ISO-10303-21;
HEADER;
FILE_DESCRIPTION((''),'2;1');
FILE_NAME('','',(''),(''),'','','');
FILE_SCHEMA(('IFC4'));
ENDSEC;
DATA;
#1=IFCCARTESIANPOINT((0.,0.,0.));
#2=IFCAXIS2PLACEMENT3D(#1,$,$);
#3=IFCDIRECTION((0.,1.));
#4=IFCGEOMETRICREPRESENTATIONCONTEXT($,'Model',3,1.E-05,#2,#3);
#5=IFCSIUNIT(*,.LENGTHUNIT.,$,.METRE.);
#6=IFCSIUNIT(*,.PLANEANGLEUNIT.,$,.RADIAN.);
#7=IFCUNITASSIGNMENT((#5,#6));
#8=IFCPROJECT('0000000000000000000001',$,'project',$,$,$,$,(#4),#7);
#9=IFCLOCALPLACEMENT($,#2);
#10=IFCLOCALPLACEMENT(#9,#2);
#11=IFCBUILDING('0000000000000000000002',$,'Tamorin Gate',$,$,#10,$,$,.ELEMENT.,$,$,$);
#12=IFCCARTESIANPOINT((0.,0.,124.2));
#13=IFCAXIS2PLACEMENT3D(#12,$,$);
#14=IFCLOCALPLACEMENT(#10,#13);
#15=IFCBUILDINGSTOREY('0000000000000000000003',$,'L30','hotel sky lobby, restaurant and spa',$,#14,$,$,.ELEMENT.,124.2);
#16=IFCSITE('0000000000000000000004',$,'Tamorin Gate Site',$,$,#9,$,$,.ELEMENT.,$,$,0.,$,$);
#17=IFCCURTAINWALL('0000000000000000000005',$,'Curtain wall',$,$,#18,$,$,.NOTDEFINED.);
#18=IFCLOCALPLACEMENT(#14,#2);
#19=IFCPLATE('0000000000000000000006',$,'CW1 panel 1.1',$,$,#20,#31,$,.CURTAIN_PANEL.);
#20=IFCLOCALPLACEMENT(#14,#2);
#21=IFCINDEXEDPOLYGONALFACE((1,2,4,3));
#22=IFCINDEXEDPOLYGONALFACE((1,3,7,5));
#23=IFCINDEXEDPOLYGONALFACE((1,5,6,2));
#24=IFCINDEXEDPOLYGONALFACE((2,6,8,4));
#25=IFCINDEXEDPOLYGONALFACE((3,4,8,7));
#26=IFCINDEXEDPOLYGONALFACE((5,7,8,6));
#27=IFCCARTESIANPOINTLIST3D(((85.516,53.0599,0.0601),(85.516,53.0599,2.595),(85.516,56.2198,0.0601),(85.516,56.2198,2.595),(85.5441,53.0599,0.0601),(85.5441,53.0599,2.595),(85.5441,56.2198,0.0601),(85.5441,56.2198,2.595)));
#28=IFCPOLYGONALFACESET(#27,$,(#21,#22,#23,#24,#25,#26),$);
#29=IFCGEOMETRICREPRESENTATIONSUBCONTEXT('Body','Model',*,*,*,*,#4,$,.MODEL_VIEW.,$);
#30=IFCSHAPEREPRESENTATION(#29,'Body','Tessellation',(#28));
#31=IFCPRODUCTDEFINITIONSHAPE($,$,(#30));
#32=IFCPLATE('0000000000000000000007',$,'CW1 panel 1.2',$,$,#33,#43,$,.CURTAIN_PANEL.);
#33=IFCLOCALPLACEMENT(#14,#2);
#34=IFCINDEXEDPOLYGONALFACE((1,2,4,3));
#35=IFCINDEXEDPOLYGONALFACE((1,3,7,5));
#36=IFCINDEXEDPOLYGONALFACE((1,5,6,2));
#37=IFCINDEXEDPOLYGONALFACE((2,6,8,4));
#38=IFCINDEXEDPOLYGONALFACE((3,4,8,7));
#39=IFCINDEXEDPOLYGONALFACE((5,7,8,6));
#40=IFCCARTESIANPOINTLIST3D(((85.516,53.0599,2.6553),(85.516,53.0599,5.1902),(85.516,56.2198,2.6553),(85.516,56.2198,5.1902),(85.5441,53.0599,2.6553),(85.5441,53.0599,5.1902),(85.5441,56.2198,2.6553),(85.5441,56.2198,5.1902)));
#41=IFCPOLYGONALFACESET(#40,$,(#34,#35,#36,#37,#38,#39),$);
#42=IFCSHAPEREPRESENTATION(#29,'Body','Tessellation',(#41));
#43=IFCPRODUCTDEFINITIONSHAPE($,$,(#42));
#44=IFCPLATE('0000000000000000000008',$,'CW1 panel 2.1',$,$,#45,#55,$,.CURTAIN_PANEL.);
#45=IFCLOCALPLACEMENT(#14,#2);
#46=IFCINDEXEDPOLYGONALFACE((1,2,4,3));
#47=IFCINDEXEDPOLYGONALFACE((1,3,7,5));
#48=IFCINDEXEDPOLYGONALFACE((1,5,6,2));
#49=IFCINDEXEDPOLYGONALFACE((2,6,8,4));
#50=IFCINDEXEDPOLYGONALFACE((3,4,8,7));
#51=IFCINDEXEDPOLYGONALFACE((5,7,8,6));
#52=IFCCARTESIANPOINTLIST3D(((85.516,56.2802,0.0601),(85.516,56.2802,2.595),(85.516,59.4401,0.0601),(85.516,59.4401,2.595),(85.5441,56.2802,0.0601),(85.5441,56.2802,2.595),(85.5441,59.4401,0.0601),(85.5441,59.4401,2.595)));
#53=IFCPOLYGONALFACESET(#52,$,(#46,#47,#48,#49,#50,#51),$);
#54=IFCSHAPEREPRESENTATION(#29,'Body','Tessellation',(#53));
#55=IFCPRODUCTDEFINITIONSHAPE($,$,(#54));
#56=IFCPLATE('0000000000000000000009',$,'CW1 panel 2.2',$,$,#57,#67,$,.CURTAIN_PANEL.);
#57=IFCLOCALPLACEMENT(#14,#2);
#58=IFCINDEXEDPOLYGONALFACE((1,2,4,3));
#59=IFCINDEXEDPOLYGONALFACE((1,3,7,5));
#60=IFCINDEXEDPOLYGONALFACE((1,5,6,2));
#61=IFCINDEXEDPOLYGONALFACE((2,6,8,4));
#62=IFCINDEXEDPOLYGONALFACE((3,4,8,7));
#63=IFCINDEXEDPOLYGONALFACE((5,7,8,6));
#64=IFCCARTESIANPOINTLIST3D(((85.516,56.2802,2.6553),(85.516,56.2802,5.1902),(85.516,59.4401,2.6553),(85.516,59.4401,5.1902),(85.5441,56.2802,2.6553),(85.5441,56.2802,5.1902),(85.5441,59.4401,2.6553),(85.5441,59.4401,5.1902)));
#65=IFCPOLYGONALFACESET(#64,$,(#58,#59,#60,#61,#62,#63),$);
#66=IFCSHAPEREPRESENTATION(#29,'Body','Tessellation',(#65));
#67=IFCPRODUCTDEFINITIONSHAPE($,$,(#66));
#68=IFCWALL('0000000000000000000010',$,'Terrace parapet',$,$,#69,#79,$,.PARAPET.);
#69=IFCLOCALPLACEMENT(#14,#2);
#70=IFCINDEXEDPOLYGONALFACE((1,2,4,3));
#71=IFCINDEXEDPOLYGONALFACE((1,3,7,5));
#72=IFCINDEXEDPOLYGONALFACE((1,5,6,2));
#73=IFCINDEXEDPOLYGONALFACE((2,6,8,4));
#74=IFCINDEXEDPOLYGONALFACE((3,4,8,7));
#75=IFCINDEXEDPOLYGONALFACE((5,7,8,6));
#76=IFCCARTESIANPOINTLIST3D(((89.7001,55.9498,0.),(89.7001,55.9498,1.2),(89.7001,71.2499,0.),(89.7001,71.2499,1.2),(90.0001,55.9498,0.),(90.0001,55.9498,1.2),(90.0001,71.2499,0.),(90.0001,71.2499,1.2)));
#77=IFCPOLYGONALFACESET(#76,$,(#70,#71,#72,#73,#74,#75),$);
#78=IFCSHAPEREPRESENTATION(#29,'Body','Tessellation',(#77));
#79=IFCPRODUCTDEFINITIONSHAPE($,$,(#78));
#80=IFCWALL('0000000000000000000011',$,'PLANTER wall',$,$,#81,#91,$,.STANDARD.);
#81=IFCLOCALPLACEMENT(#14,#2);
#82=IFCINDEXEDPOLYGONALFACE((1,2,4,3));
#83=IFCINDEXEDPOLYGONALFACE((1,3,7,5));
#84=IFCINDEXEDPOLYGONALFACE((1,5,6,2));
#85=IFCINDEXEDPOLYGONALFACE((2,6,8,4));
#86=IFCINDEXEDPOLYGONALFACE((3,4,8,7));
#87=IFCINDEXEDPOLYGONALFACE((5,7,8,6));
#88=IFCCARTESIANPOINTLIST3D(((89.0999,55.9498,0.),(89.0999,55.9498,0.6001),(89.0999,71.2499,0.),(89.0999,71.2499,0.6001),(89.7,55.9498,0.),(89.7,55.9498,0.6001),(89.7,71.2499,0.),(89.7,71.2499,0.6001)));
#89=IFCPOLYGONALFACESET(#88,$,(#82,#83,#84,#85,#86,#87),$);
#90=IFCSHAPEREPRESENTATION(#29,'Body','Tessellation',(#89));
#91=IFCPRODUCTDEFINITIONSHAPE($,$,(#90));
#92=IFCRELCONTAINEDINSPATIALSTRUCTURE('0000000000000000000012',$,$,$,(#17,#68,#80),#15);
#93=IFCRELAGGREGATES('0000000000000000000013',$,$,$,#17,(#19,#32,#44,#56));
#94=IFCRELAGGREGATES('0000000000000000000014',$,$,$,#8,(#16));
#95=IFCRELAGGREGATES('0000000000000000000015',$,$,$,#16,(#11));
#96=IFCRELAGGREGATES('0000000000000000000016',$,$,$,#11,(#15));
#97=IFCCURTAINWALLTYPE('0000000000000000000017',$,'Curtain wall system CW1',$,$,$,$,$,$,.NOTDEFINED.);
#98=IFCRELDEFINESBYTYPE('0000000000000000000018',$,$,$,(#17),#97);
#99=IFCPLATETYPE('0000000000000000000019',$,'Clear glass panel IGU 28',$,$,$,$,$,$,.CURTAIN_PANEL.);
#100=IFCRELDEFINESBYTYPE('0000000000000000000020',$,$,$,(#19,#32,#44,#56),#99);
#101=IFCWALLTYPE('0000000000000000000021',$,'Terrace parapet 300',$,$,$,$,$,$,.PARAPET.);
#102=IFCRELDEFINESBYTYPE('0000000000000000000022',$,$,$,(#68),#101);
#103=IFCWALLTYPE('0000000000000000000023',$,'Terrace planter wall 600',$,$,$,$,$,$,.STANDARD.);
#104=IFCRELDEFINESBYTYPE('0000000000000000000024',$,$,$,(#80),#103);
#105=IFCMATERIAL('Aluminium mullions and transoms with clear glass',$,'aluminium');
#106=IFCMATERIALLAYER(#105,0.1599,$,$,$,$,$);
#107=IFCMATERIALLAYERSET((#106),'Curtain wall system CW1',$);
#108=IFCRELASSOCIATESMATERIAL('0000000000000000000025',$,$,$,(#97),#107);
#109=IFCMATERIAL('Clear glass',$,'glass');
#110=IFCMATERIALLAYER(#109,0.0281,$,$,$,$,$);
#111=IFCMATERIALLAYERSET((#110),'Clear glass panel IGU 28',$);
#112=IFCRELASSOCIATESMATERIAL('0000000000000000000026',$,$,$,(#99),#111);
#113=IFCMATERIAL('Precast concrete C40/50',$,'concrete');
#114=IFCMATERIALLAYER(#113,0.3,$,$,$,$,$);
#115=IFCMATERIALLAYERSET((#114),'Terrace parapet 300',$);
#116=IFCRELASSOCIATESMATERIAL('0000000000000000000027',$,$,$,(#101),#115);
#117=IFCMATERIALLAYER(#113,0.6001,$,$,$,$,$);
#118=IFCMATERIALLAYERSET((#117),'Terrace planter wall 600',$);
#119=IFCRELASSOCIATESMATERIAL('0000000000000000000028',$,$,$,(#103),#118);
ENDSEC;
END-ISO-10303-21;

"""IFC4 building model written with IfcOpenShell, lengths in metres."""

from ifc_helpers import new_model, si_unit, direction, frame, frame_2d, origin, origin_2d, place, context, subcontext, project, spatial, rectangle, extrude, material, layer, layer_set, type_object, element, aggregate, save


model = new_model("IFC4")

# Units and contexts
model_context = context("Model", 3, precision=1e-05, world=origin(), true_north=direction((0.0, 1.0)))
body_context = subcontext(model_context, "Body", "Model", "MODEL_VIEW")
ifc_project = project(units=[si_unit("LENGTHUNIT", "METRE"), si_unit("PLANEANGLEUNIT", "RADIAN")], contexts=[model_context])

# Site, building, storey
site_placement = place(None, origin())
site = spatial("IfcSite", under=ifc_project, at=site_placement, Name="Tamorin Gate Site", CompositionType="ELEMENT", RefElevation=0.0)
building_placement = place(site_placement, origin())
building = spatial("IfcBuilding", under=site, at=building_placement, Name="Tamorin Gate", CompositionType="ELEMENT")
storey_placement = place(building_placement, frame((0.0, 0.0, 124.2)))
storey = spatial("IfcBuildingStorey", under=building, at=storey_placement, Name="L30", Description="hotel sky lobby, restaurant and spa", CompositionType="ELEMENT", Elevation=124.2)

# Curtain wall
ifc_material_1 = material(Name="Aluminium mullions and transoms with clear glass", Category="aluminium")
ifc_layer_1 = layer(ifc_material_1, 0.1599)
ifc_layer_set_1 = layer_set([ifc_layer_1], Name="Curtain wall system CW1")
curtain_wall_type = type_object("IfcCurtainWallType", Name="Curtain wall system CW1", PredefinedType="NOTDEFINED", material=ifc_layer_set_1)
curtain_wall_1_placement = place(storey_placement, origin())
curtain_wall_1 = element("IfcCurtainWall", 1, at=curtain_wall_1_placement, inside=storey, type_object=curtain_wall_type, Name="Curtain wall", PredefinedType="NOTDEFINED")

# Plates
ifc_material_2 = material(Name="Clear glass", Category="glass")
ifc_layer_2 = layer(ifc_material_2, 0.0281)
ifc_layer_set_2 = layer_set([ifc_layer_2], Name="Clear glass panel IGU 28")
plate_type = type_object("IfcPlateType", Name="Clear glass panel IGU 28", PredefinedType="CURTAIN_PANEL", material=ifc_layer_set_2)
plate_1_placement = place(storey_placement, frame((85.53, 54.6399, 0.0601), z_axis=(0.0, 0.0, 1.0), x_axis=(0.0, 1.0, 0.0)))
plate_1 = element("IfcPlate", 2, at=plate_1_placement, type_object=plate_type, Name="CW1 panel 1.1", PredefinedType="CURTAIN_PANEL", context=body_context, shape_type="SweptSolid", body=[
    extrude(rectangle(XDim=3.1599, YDim=0.0281, at=origin_2d()), origin(), (0.0, 0.0, 1.0), 2.5349),
])
plate_2_placement = place(storey_placement, frame((85.53, 54.6399, 2.6553), z_axis=(0.0, 0.0, 1.0), x_axis=(0.0, 1.0, 0.0)))
plate_2 = element("IfcPlate", 3, at=plate_2_placement, type_object=plate_type, Name="CW1 panel 1.2", PredefinedType="CURTAIN_PANEL", context=body_context, shape_type="SweptSolid", body=[
    extrude(rectangle(XDim=3.1599, YDim=0.0281, at=origin_2d()), origin(), (0.0, 0.0, 1.0), 2.5349),
])
plate_3_placement = place(storey_placement, frame((85.53, 57.8601, 0.0601), z_axis=(0.0, 0.0, 1.0), x_axis=(0.0, 1.0, 0.0)))
plate_3 = element("IfcPlate", 4, at=plate_3_placement, type_object=plate_type, Name="CW1 panel 2.1", PredefinedType="CURTAIN_PANEL", context=body_context, shape_type="SweptSolid", body=[
    extrude(rectangle(XDim=3.1599, YDim=0.0281, at=origin_2d()), origin(), (0.0, 0.0, 1.0), 2.5349),
])
plate_4_placement = place(storey_placement, frame((85.53, 57.8601, 2.6553), z_axis=(0.0, 0.0, 1.0), x_axis=(0.0, 1.0, 0.0)))
plate_4 = element("IfcPlate", 5, at=plate_4_placement, type_object=plate_type, Name="CW1 panel 2.2", PredefinedType="CURTAIN_PANEL", context=body_context, shape_type="SweptSolid", body=[
    extrude(rectangle(XDim=3.1599, YDim=0.0281, at=origin_2d()), origin(), (0.0, 0.0, 1.0), 2.5349),
])
aggregate(curtain_wall_1, [plate_1, plate_2, plate_3, plate_4])

# Walls
ifc_material_3 = material(Name="Precast concrete C40/50", Category="concrete")
ifc_layer_3 = layer(ifc_material_3, 0.3)
ifc_layer_set_3 = layer_set([ifc_layer_3], Name="Terrace parapet 300")
wall_type_1 = type_object("IfcWallType", Name="Terrace parapet 300", PredefinedType="PARAPET", material=ifc_layer_set_3)
wall_1_placement = place(storey_placement, frame((89.8501, 55.95, 0.0), z_axis=(0.0, 0.0, 1.0), x_axis=(0.0, 1.0, 0.0)))
element("IfcWall", 6, at=wall_1_placement, inside=storey, type_object=wall_type_1, Name="Terrace parapet", PredefinedType="PARAPET", context=body_context, shape_type="SweptSolid", body=[
    extrude(rectangle(XDim=15.3, YDim=0.3, at=frame_2d((7.6499, 0.0))), origin(), (0.0, 0.0, 1.0), 1.2),
])
ifc_layer_4 = layer(ifc_material_3, 0.6001)
ifc_layer_set_4 = layer_set([ifc_layer_4], Name="Terrace planter wall 600")
wall_type_2 = type_object("IfcWallType", Name="Terrace planter wall 600", PredefinedType="STANDARD", material=ifc_layer_set_4)
wall_2_placement = place(storey_placement, frame((89.3999, 55.95, 0.0), z_axis=(0.0, 0.0, 1.0), x_axis=(0.0, 1.0, 0.0)))
element("IfcWall", 7, at=wall_2_placement, inside=storey, type_object=wall_type_2, Name="PLANTER wall", PredefinedType="STANDARD", context=body_context, shape_type="SweptSolid", body=[
    extrude(rectangle(XDim=15.3, YDim=0.6001, at=frame_2d((7.6499, 0.0))), origin(), (0.0, 0.0, 1.0), 0.6001),
])

save(model, "model.ifc")
